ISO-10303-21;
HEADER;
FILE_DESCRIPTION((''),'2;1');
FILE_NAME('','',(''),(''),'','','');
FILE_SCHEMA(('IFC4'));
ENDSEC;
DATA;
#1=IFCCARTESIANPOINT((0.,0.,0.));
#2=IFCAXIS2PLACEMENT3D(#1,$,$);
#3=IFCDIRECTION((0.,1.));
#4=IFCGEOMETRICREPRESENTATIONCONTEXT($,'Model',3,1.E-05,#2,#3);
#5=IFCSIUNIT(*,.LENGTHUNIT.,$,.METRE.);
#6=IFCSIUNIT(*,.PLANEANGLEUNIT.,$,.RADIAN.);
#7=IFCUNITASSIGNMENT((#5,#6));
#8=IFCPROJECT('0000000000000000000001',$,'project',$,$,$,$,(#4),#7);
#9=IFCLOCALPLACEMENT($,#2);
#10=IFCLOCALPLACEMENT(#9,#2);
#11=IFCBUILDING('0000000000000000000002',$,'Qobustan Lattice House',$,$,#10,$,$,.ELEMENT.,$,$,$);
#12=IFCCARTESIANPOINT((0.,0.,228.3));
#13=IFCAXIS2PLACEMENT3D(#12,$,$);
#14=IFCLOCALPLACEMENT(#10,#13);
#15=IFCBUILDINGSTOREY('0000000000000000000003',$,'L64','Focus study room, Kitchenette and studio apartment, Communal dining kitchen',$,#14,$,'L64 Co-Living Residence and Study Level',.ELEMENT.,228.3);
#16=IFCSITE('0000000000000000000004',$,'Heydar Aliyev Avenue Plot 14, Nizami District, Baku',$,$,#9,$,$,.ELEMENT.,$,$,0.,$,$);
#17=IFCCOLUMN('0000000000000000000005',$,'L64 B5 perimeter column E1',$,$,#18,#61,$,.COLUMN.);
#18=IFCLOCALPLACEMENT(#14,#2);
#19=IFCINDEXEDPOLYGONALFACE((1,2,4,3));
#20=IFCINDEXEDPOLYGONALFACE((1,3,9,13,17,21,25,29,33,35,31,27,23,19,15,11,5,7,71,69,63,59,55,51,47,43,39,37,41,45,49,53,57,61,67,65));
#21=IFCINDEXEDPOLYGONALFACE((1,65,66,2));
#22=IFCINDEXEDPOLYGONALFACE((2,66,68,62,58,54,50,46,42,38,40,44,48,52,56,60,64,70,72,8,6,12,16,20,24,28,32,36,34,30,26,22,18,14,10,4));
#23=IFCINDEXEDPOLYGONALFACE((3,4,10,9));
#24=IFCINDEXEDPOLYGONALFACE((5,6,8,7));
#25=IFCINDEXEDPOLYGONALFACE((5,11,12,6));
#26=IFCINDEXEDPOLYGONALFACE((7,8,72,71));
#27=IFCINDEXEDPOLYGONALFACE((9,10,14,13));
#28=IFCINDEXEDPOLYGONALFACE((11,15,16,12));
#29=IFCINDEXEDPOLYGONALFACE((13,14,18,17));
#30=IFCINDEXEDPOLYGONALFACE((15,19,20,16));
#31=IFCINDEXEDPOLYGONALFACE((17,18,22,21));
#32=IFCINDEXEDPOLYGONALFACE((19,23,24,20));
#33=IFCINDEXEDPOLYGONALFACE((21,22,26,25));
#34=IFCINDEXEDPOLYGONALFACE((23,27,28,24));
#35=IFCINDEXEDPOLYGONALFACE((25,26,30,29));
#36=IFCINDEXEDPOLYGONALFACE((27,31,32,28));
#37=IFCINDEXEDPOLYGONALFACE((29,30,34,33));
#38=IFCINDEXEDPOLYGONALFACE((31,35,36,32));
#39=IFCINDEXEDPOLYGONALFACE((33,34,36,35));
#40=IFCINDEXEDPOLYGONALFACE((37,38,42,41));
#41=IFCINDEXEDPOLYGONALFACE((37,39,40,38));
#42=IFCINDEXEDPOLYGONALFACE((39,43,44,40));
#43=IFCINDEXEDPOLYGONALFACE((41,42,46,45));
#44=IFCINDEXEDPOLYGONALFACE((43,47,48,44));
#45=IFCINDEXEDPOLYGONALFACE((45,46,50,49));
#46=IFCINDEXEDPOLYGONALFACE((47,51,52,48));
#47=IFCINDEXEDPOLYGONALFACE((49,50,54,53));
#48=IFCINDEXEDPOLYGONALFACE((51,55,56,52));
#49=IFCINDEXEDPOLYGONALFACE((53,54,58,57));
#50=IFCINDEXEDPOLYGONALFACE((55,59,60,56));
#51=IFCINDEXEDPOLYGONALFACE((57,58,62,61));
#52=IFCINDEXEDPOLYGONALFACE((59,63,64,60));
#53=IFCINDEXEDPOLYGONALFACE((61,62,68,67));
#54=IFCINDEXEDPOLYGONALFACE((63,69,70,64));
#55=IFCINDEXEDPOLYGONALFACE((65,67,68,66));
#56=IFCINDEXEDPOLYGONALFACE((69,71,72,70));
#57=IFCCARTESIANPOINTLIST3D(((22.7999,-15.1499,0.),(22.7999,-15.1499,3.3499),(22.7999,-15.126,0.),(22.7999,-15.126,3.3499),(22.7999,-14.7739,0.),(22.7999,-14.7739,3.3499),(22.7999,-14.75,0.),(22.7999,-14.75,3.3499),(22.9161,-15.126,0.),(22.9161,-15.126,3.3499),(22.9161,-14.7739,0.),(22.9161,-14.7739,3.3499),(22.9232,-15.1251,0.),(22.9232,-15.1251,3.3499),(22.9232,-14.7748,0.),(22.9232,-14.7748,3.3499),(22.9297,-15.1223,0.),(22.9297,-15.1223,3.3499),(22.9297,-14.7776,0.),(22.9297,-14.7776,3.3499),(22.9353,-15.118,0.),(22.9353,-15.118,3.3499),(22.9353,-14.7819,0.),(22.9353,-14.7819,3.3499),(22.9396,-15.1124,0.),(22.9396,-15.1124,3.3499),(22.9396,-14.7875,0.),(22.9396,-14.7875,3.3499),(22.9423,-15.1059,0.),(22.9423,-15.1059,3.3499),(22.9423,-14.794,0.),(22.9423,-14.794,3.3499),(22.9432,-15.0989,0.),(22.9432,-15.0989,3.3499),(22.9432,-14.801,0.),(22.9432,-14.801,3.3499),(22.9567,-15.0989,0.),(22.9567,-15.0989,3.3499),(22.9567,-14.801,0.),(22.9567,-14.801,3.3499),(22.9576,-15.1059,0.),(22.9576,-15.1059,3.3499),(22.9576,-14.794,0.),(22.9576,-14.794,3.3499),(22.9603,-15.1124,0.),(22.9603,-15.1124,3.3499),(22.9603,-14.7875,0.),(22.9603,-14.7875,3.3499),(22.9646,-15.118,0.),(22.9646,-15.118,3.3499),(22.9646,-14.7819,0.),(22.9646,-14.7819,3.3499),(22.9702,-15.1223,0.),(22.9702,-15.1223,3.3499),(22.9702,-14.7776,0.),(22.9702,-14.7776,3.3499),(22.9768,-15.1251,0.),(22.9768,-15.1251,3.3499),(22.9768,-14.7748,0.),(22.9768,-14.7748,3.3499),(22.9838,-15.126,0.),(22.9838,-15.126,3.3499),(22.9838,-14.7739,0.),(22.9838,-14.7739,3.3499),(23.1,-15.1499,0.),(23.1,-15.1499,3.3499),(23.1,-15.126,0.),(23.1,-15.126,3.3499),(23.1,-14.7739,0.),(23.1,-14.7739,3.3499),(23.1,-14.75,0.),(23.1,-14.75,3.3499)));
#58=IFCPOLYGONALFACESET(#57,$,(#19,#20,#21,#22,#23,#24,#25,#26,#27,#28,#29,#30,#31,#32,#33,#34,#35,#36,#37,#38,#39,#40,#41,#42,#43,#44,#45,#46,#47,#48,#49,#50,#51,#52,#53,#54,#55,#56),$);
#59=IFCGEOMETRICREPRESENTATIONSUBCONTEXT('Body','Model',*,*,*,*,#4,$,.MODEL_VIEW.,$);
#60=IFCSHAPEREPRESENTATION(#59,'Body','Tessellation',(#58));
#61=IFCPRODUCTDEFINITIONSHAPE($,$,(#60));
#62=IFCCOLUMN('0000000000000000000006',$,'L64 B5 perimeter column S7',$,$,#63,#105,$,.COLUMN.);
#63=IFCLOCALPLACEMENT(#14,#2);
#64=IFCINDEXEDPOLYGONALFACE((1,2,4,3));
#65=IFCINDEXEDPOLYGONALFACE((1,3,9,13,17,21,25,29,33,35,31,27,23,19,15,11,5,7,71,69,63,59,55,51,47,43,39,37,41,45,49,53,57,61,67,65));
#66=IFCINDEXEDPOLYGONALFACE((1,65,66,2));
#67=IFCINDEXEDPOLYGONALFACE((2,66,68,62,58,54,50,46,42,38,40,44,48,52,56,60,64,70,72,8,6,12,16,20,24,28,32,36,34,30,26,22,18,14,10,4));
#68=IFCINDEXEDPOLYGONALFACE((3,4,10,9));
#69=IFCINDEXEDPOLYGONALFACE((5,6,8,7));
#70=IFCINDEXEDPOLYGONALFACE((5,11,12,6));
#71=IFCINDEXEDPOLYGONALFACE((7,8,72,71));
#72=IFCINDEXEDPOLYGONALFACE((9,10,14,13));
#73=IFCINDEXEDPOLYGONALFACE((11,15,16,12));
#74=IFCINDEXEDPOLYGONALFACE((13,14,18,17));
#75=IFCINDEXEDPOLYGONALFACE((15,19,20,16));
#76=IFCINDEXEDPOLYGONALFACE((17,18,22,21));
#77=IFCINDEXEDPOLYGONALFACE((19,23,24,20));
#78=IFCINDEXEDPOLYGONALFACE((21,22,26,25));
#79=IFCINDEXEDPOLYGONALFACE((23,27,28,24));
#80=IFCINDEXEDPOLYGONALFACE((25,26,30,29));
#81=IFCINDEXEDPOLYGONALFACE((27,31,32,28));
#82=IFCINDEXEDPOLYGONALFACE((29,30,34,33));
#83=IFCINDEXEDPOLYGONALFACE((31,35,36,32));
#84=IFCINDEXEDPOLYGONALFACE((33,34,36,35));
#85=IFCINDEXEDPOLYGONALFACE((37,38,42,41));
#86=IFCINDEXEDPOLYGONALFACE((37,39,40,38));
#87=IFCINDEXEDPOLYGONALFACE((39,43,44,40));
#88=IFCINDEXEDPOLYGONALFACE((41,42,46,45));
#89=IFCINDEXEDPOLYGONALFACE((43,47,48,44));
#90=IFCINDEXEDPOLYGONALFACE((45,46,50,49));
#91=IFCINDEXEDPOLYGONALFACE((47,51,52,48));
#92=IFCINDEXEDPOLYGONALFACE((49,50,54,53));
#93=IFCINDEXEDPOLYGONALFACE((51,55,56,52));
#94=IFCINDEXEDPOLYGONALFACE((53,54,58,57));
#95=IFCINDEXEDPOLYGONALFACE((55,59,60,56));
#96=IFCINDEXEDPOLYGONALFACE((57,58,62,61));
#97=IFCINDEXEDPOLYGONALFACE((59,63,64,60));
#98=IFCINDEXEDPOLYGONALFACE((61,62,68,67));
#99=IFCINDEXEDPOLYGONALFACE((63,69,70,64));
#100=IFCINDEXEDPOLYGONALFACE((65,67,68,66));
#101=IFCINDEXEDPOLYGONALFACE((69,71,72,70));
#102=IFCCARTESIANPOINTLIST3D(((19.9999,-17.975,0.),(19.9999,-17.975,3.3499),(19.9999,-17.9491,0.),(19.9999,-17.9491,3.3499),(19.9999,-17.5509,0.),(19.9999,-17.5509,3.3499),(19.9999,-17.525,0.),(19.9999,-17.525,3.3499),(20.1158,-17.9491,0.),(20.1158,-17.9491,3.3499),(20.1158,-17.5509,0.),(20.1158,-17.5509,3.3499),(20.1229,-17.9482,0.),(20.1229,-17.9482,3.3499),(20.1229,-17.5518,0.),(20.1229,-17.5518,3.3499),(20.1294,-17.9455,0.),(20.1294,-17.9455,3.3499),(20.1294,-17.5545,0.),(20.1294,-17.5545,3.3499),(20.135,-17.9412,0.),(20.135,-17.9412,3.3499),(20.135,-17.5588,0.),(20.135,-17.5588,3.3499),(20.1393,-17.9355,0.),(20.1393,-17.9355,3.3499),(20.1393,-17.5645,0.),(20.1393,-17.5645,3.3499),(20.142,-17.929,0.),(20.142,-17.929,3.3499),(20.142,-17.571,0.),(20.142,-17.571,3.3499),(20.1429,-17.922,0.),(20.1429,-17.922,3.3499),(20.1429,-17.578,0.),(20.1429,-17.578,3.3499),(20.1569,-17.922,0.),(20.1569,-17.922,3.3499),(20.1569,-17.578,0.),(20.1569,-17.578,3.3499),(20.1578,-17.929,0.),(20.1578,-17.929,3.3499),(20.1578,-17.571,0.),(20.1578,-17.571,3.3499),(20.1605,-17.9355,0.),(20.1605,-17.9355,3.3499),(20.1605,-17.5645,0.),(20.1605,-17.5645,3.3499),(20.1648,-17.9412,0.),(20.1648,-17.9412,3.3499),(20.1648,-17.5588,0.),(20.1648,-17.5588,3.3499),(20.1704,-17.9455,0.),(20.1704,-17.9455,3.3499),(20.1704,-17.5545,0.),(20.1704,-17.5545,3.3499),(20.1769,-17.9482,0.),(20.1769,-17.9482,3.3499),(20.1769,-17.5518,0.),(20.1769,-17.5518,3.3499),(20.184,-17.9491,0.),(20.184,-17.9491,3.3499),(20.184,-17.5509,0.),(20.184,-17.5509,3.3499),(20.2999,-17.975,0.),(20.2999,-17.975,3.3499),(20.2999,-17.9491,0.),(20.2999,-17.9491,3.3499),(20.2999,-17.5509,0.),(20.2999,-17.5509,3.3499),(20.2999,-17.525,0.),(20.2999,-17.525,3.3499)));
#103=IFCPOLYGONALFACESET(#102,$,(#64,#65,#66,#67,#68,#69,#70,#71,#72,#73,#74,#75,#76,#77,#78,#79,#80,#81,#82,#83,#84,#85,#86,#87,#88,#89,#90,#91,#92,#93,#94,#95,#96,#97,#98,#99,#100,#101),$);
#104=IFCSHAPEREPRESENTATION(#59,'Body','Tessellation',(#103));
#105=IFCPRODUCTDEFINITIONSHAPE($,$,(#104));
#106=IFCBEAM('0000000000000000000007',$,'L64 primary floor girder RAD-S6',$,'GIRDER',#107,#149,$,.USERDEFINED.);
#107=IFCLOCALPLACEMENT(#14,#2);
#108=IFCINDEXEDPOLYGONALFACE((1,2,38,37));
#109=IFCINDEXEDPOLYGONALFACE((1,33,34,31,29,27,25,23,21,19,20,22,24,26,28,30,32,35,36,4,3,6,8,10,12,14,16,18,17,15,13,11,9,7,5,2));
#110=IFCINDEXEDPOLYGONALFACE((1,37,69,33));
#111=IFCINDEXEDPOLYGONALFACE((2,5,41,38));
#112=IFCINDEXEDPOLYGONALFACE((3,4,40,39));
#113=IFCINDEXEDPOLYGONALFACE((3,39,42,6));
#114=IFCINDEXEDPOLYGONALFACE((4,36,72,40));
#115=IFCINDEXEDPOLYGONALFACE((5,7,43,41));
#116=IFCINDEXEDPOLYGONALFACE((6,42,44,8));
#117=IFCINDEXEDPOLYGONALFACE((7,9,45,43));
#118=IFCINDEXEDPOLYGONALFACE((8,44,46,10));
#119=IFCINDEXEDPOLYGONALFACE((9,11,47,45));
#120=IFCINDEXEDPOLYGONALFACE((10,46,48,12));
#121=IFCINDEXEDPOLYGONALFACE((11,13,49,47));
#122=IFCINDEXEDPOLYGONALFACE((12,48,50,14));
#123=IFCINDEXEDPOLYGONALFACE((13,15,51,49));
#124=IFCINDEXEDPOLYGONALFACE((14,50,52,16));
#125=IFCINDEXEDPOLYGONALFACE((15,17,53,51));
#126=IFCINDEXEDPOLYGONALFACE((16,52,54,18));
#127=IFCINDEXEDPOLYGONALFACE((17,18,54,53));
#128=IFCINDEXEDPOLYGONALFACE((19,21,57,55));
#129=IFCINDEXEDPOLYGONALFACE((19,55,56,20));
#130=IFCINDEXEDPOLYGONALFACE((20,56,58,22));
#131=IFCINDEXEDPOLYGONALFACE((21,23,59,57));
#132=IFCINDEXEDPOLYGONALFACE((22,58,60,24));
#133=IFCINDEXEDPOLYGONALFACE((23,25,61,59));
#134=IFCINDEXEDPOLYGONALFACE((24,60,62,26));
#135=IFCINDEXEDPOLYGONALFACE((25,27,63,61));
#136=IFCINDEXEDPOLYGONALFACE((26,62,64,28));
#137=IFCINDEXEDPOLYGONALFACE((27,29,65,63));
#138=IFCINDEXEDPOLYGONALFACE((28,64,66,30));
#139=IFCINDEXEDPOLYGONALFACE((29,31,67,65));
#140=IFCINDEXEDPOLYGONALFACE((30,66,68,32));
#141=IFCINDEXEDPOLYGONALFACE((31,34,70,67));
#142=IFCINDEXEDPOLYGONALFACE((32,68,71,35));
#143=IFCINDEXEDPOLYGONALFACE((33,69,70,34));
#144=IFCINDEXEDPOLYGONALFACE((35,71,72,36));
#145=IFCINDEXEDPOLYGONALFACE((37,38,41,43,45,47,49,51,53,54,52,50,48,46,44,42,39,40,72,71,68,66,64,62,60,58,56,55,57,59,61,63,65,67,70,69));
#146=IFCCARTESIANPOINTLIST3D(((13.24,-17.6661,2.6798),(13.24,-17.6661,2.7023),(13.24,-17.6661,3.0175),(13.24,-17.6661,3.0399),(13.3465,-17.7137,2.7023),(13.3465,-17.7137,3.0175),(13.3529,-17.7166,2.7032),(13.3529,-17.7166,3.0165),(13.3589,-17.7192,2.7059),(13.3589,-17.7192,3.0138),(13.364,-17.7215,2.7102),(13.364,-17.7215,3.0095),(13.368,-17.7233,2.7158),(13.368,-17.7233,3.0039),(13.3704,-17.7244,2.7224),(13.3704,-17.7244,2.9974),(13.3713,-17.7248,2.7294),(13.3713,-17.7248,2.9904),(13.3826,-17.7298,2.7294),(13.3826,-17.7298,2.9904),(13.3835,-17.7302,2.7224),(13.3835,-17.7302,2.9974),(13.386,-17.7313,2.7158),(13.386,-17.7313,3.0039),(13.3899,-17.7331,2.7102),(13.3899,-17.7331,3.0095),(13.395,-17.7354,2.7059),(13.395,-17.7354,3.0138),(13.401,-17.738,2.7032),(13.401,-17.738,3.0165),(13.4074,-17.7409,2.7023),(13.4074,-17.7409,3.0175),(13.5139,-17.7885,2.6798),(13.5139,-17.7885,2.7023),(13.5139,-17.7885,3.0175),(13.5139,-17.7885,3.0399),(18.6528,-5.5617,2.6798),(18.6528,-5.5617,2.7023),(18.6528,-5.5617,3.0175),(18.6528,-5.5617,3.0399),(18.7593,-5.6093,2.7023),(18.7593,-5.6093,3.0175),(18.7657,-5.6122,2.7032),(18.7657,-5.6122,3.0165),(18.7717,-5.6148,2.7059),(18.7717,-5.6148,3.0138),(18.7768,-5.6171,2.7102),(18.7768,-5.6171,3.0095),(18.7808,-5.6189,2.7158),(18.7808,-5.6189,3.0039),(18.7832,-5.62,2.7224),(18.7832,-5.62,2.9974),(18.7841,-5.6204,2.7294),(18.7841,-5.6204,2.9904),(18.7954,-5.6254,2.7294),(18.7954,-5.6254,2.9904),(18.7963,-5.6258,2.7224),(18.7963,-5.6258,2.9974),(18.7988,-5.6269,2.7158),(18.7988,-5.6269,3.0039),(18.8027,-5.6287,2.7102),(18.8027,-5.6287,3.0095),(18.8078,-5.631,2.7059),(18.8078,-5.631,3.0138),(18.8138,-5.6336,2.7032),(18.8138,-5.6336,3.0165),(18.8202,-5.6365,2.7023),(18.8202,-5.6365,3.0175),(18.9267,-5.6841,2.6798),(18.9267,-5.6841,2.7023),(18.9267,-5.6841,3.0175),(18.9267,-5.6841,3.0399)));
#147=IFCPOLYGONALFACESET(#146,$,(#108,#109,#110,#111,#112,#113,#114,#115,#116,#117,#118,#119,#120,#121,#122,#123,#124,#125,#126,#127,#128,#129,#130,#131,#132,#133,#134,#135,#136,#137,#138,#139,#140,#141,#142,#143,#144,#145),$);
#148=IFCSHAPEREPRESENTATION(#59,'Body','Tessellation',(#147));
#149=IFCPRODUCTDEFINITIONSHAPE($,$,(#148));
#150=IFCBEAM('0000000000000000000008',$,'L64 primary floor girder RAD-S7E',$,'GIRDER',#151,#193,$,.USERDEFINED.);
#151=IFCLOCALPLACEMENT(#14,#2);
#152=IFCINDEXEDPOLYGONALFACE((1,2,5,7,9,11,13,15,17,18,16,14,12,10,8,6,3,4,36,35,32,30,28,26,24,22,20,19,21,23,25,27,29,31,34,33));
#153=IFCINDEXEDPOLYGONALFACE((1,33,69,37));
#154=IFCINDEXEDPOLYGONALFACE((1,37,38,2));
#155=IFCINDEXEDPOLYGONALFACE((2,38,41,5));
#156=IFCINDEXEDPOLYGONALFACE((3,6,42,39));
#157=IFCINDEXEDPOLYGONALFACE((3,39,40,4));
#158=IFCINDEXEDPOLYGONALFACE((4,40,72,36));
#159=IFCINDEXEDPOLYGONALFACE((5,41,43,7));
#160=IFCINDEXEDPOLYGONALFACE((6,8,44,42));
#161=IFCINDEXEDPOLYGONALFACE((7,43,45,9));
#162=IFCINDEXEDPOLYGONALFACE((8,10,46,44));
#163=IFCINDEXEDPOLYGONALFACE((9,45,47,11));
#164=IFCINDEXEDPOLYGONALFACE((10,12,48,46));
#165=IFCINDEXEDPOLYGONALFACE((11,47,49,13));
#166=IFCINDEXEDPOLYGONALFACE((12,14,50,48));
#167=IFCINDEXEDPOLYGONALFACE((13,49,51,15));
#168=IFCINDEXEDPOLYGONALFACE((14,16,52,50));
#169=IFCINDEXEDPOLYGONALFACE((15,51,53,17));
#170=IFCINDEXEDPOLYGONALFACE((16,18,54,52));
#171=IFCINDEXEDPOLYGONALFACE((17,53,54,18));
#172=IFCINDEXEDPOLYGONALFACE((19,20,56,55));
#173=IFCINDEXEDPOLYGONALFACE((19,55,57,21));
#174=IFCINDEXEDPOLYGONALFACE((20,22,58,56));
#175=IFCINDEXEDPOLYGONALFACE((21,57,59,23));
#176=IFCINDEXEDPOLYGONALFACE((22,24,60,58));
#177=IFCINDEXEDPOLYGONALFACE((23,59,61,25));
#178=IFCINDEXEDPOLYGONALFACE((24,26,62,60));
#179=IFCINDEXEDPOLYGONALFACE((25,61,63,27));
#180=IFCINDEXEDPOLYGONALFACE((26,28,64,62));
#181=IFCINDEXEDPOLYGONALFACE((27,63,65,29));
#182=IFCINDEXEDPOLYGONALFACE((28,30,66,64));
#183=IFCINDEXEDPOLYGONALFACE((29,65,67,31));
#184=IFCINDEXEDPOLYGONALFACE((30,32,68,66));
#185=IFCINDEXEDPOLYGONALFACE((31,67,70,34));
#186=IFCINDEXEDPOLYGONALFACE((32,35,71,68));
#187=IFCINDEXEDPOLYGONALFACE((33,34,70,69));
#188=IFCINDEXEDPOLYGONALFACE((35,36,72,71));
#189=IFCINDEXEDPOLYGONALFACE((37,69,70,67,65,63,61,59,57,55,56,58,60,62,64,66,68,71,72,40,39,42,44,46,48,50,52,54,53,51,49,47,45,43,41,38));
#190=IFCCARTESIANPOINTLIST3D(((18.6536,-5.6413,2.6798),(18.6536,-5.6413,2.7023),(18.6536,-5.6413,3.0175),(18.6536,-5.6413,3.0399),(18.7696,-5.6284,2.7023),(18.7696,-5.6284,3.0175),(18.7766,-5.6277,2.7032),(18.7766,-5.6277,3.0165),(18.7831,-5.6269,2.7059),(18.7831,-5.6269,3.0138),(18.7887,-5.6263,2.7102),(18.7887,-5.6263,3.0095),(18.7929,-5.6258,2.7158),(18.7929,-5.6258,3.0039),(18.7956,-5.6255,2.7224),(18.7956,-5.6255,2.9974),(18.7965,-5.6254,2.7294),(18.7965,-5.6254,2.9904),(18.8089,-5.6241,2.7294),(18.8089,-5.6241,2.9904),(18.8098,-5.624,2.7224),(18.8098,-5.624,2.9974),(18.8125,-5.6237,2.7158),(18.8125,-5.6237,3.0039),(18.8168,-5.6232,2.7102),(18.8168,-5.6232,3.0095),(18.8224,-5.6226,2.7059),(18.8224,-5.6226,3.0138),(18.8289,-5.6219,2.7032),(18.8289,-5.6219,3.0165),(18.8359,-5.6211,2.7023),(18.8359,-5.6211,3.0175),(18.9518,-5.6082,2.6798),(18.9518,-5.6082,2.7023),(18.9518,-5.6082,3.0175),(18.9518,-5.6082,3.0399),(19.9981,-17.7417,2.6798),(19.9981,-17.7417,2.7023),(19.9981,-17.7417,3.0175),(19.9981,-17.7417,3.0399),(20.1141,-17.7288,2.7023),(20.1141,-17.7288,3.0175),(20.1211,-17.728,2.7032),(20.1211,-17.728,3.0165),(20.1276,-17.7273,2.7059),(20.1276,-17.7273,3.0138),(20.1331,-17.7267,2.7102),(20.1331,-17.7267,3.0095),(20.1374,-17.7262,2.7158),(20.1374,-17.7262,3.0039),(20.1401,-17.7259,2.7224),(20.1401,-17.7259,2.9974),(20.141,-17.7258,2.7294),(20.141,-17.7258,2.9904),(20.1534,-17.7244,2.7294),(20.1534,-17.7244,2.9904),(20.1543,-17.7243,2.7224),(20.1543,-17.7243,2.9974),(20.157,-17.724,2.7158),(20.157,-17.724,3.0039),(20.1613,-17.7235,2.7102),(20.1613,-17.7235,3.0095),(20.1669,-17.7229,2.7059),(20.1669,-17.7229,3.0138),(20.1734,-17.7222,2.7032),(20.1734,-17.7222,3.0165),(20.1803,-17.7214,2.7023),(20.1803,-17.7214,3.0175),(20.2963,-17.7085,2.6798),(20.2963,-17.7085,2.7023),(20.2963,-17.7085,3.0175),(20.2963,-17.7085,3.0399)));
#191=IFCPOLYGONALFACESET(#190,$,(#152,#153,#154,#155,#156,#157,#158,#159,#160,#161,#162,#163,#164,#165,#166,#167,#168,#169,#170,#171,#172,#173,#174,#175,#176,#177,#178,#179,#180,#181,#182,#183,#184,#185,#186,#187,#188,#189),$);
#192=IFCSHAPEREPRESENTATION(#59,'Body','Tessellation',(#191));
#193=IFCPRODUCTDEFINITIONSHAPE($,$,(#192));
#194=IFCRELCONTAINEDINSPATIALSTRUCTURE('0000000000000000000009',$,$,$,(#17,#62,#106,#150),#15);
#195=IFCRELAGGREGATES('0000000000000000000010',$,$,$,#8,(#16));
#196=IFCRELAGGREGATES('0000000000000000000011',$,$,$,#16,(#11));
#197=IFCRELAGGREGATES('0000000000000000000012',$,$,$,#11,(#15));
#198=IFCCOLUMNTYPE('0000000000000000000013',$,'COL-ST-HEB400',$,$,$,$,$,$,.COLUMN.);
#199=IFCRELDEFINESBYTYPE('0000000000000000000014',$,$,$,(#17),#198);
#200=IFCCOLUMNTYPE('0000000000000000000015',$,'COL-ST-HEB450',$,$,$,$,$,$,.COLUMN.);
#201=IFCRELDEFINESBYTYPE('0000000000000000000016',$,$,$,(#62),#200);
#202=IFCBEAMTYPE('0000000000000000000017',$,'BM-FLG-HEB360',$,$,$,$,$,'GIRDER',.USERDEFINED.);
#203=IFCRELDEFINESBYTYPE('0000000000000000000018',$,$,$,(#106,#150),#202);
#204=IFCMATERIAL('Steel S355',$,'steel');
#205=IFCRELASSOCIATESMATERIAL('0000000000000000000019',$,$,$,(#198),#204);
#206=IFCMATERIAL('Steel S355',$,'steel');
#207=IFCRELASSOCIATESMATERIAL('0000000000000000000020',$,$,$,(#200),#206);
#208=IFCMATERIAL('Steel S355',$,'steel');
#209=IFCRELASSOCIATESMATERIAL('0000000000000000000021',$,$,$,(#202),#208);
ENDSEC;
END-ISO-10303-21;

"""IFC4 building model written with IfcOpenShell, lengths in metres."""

from ifc_helpers import new_model, si_unit, direction, frame, origin, origin_2d, place, context, subcontext, project, spatial, i_section, extrude, material, material_profile, profile_set, type_object, element, save


model = new_model("IFC4")

# Units and contexts
model_context = context("Model", 3, precision=1e-05, world=origin(), true_north=direction((0.0, 1.0)))
body_context = subcontext(model_context, "Body", "Model", "MODEL_VIEW")
ifc_project = project(units=[si_unit("LENGTHUNIT", "METRE"), si_unit("PLANEANGLEUNIT", "RADIAN")], contexts=[model_context])

# Site, building, storey
site_placement = place(None, origin())
site = spatial("IfcSite", under=ifc_project, at=site_placement, Name="Heydar Aliyev Avenue Plot 14, Nizami District, Baku", CompositionType="ELEMENT", RefElevation=0.0)
building_placement = place(site_placement, origin())
building = spatial("IfcBuilding", under=site, at=building_placement, Name="Qobustan Lattice House", CompositionType="ELEMENT")
storey_placement = place(building_placement, frame((0.0, 0.0, 228.3)))
storey = spatial("IfcBuildingStorey", under=building, at=storey_placement, Name="L64", Description="Focus study room, Kitchenette and studio apartment, Communal dining kitchen", LongName="L64 Co-Living Residence and Study Level", CompositionType="ELEMENT", Elevation=228.3)

# Columns
ifc_material_1 = material(Name="Steel S355", Category="steel")
ifc_material_profile_1 = material_profile(ifc_material_1, i_section(OverallWidth=0.3, OverallDepth=0.3999, WebThickness=0.0134, FlangeThickness=0.0239, FilletRadius=0.0271, at=origin_2d()), Name="HEB400")
ifc_profile_set_1 = profile_set([ifc_material_profile_1], Name="Steel S355")
column_type_1 = type_object("IfcColumnType", Name="COL-ST-HEB400", PredefinedType="COLUMN", material=ifc_profile_set_1)
column_1_placement = place(storey_placement, frame((22.95, -14.95, 0.0), z_axis=(0.0, 0.0, 1.0), x_axis=(1.0, 0.0, 0.0)))
element("IfcColumn", 1, at=column_1_placement, inside=storey, type_object=column_type_1, Name="L64 B5 perimeter column E1", PredefinedType="COLUMN", context=body_context, shape_type="SweptSolid", body=[
    extrude(i_section(OverallWidth=0.3, OverallDepth=0.3999, WebThickness=0.0134, FlangeThickness=0.0239, FilletRadius=0.0271, at=origin_2d()), origin(), (0.0, 0.0, 1.0), 3.3499),
])
ifc_material_2 = material(Name="Steel S355", Category="steel")
ifc_material_profile_2 = material_profile(ifc_material_2, i_section(OverallWidth=0.3, OverallDepth=0.45, WebThickness=0.0139, FlangeThickness=0.0259, FilletRadius=0.0271, at=origin_2d()), Name="HEB450")
ifc_profile_set_2 = profile_set([ifc_material_profile_2], Name="Steel S355")
column_type_2 = type_object("IfcColumnType", Name="COL-ST-HEB450", PredefinedType="COLUMN", material=ifc_profile_set_2)
column_2_placement = place(storey_placement, frame((20.1499, -17.75, 0.0), z_axis=(0.0, 0.0, 1.0), x_axis=(1.0, 0.0, 0.0)))
element("IfcColumn", 2, at=column_2_placement, inside=storey, type_object=column_type_2, Name="L64 B5 perimeter column S7", PredefinedType="COLUMN", context=body_context, shape_type="SweptSolid", body=[
    extrude(i_section(OverallWidth=0.3, OverallDepth=0.45, WebThickness=0.0139, FlangeThickness=0.0259, FilletRadius=0.0271, at=origin_2d()), origin(), (0.0, 0.0, 1.0), 3.3499),
])

# Beams
ifc_material_3 = material(Name="Steel S355", Category="steel")
ifc_material_profile_3 = material_profile(ifc_material_3, i_section(OverallWidth=0.3, OverallDepth=0.3601, WebThickness=0.0125, FlangeThickness=0.0225, FilletRadius=0.0271, at=origin_2d()), Name="HEB360")
ifc_profile_set_3 = profile_set([ifc_material_profile_3], Name="Steel S355")
beam_type_1 = type_object("IfcBeamType", Name="BM-FLG-HEB360", ElementType="GIRDER", PredefinedType="USERDEFINED", material=ifc_profile_set_3)
beam_1_placement = place(storey_placement, frame((13.377, -17.7273, 2.8599), z_axis=(0.40822, 0.912884, 0.0), x_axis=(-0.912884, 0.40822, 0.0)))
element("IfcBeam", 3, at=beam_1_placement, inside=storey, type_object=beam_type_1, Name="L64 primary floor girder RAD-S6", ObjectType="GIRDER", PredefinedType="USERDEFINED", context=body_context, shape_type="SweptSolid", body=[
    extrude(i_section(OverallWidth=0.3, OverallDepth=0.3601, WebThickness=0.0125, FlangeThickness=0.0225, FilletRadius=0.0271, at=origin_2d()), origin(), (0.0, 0.0, 1.0), 13.2595),
])
beam_2_placement = place(storey_placement, frame((20.1472, -17.7251, 2.8599), z_axis=(-0.110432, 0.993884, 0.0), x_axis=(-0.993884, -0.110432, 0.0)))
element("IfcBeam", 4, at=beam_2_placement, inside=storey, type_object=beam_type_1, Name="L64 primary floor girder RAD-S7E", ObjectType="GIRDER", PredefinedType="USERDEFINED", context=body_context, shape_type="SweptSolid", body=[
    extrude(i_section(OverallWidth=0.3, OverallDepth=0.3601, WebThickness=0.0125, FlangeThickness=0.0225, FilletRadius=0.0271, at=origin_2d()), origin(), (0.0, 0.0, 1.0), 12.1748),
])

save(model, "model.ifc")
